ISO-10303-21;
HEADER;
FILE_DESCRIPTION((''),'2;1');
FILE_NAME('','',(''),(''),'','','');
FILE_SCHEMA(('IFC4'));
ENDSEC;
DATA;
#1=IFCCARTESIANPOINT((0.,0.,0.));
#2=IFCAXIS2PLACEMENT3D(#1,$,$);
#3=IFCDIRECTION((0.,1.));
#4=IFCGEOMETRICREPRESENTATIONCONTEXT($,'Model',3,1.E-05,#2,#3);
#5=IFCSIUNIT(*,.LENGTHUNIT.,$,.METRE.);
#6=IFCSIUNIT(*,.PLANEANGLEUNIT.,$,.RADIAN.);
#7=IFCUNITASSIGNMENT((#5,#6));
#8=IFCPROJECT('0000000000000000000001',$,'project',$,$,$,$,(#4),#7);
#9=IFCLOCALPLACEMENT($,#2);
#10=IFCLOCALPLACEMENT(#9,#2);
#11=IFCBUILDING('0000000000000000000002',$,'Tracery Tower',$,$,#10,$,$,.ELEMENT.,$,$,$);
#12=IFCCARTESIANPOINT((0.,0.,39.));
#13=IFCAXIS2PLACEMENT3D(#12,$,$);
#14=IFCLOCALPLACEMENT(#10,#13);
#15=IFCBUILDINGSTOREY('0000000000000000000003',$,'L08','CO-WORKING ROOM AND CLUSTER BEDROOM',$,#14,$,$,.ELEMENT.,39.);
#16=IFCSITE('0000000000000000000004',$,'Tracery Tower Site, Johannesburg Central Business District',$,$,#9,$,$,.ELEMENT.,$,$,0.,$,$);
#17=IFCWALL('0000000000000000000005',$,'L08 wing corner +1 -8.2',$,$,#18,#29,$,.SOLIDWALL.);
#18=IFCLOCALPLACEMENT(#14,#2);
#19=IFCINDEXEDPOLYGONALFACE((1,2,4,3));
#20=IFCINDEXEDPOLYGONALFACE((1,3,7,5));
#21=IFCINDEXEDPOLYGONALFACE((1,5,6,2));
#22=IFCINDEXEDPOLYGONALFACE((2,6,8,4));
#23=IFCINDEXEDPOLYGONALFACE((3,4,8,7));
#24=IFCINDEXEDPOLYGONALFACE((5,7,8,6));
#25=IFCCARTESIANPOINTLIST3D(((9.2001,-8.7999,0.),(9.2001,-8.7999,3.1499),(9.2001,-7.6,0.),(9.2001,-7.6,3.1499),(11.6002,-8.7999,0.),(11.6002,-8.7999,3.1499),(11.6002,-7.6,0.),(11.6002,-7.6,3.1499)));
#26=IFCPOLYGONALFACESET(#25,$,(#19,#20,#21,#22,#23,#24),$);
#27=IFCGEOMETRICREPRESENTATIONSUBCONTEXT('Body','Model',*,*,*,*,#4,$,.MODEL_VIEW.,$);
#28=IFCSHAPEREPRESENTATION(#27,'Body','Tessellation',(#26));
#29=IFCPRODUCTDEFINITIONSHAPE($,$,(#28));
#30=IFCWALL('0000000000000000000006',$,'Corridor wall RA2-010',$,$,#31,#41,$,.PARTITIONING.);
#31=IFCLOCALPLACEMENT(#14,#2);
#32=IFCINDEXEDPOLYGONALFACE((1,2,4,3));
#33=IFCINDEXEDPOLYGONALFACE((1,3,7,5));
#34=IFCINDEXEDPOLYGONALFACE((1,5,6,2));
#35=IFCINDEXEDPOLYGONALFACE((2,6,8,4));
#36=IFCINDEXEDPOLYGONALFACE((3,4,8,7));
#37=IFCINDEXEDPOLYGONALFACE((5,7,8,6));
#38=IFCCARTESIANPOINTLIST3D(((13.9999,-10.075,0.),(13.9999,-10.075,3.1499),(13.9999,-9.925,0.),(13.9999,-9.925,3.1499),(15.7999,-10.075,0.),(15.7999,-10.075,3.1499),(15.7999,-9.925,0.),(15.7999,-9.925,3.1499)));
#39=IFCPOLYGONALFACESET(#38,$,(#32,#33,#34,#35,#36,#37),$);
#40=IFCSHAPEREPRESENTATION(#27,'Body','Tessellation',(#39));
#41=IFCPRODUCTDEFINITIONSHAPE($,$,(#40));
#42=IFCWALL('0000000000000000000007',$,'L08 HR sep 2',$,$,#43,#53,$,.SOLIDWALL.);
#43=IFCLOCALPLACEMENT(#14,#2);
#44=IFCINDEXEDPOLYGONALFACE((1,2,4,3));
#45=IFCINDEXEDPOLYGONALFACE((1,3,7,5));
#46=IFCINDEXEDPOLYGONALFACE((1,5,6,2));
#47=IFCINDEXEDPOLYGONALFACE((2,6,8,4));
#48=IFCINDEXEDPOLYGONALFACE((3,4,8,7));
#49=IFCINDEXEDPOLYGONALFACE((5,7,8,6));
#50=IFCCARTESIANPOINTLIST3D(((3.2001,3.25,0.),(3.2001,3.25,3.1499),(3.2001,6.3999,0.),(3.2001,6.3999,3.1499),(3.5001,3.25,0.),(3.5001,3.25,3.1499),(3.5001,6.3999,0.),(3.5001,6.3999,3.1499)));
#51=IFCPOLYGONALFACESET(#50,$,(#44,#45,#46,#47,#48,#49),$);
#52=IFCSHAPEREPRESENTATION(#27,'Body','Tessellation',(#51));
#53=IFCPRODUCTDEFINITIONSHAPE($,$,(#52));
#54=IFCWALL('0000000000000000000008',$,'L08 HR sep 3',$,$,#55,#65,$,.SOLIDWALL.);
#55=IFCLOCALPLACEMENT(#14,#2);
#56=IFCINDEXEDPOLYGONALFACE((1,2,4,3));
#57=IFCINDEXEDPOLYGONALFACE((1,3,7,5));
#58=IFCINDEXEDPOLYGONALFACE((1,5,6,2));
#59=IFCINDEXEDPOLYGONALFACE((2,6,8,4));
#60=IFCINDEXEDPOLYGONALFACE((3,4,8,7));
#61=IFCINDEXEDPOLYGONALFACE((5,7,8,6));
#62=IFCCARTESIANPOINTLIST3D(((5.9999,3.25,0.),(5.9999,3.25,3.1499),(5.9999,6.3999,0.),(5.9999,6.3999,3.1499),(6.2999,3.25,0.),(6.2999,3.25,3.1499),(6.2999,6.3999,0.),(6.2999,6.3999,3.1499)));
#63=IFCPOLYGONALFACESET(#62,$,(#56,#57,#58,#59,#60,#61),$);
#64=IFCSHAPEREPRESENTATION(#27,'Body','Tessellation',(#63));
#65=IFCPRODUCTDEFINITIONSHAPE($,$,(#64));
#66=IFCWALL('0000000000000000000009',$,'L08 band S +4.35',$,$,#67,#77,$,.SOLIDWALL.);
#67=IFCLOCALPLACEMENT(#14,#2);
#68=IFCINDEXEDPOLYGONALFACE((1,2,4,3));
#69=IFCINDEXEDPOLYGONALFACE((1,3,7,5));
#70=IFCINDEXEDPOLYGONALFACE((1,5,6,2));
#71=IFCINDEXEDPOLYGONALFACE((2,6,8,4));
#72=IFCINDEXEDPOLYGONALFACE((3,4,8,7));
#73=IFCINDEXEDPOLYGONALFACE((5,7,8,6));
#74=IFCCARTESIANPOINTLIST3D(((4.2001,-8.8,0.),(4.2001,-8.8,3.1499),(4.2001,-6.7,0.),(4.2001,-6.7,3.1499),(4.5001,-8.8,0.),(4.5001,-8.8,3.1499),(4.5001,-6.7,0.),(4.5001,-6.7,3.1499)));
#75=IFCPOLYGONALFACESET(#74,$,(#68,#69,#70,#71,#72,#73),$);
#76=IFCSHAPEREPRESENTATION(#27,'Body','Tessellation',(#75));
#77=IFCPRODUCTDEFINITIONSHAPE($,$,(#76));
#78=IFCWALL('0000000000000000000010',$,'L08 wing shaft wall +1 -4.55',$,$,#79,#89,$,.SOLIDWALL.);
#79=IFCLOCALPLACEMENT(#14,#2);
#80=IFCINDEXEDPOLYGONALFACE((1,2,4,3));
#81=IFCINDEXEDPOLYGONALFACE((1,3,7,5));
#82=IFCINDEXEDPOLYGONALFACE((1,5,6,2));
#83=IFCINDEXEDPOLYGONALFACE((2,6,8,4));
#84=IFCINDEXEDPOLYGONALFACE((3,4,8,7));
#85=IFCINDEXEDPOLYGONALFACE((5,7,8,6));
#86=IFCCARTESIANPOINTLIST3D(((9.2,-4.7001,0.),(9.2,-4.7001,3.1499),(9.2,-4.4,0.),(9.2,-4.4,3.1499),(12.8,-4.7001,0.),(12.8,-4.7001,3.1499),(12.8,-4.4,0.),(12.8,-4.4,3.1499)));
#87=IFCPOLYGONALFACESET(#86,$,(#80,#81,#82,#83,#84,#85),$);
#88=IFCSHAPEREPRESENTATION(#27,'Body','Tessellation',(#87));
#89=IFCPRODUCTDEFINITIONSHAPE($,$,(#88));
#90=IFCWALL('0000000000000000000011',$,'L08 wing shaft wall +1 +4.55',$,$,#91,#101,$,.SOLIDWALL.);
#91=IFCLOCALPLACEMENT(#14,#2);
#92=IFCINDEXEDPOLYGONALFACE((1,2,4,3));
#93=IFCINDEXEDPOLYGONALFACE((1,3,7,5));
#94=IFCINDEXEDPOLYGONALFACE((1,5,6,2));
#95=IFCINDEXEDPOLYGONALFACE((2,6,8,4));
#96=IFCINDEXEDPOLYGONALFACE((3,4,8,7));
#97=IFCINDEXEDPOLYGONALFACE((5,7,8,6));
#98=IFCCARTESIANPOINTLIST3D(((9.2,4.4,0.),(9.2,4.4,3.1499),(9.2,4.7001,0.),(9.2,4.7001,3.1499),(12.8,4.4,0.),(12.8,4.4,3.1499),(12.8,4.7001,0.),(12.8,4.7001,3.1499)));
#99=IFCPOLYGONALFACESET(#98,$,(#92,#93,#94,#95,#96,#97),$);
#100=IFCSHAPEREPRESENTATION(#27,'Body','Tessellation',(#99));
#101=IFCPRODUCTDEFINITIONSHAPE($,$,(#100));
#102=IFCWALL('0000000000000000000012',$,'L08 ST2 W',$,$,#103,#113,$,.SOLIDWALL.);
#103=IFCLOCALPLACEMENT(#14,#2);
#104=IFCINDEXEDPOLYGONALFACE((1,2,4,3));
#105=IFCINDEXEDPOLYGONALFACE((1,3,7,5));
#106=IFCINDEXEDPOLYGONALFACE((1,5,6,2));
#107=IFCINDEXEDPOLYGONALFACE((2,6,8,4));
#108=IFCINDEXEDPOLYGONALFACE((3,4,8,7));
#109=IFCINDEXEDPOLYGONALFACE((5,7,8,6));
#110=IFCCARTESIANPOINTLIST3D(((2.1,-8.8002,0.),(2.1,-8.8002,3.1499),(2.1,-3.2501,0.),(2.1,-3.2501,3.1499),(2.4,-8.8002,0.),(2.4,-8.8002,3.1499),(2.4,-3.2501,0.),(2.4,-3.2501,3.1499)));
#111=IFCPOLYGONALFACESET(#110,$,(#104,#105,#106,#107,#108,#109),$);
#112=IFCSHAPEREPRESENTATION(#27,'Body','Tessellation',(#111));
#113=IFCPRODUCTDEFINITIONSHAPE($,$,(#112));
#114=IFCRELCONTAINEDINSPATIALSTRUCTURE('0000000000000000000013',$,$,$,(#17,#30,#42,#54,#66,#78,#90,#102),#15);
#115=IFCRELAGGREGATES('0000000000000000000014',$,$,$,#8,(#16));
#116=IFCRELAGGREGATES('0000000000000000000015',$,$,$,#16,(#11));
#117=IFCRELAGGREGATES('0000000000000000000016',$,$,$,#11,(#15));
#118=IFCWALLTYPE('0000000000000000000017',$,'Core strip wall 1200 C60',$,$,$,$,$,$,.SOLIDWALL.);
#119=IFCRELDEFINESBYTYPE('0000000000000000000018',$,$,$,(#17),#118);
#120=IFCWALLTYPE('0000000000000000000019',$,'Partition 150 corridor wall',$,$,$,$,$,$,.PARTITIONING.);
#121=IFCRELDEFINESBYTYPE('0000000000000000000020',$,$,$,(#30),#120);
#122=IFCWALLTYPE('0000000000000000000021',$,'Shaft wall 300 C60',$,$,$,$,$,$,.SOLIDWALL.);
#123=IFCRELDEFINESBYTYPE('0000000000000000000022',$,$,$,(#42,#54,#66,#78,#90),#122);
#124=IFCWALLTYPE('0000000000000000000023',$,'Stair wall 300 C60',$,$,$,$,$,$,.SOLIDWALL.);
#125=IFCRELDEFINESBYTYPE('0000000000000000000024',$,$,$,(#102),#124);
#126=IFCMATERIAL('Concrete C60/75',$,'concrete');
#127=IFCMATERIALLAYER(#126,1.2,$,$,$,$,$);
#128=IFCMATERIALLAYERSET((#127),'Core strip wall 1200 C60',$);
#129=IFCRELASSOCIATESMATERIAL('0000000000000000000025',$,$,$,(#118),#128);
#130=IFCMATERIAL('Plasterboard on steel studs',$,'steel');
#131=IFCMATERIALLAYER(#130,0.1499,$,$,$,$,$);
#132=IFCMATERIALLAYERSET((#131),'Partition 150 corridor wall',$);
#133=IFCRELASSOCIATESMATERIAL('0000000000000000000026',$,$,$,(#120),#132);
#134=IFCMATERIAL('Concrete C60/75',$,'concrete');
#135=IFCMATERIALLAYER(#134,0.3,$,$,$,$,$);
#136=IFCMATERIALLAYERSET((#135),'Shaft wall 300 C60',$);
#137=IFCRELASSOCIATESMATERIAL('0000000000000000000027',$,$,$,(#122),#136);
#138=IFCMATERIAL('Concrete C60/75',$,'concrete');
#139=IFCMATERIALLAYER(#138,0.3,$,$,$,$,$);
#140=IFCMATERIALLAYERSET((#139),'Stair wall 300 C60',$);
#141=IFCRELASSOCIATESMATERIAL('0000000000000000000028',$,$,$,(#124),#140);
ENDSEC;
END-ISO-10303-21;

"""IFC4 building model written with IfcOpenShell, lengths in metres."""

from ifc_helpers import new_model, si_unit, direction, frame, frame_2d, origin, place, context, subcontext, project, spatial, rectangle, extrude, material, layer, layer_set, type_object, element, save


model = new_model("IFC4")

# Units and contexts
model_context = context("Model", 3, precision=1e-05, world=origin(), true_north=direction((0.0, 1.0)))
body_context = subcontext(model_context, "Body", "Model", "MODEL_VIEW")
ifc_project = project(units=[si_unit("LENGTHUNIT", "METRE"), si_unit("PLANEANGLEUNIT", "RADIAN")], contexts=[model_context])

# Site, building, storey
site_placement = place(None, origin())
site = spatial("IfcSite", under=ifc_project, at=site_placement, Name="Tracery Tower Site, Johannesburg Central Business District", CompositionType="ELEMENT", RefElevation=0.0)
building_placement = place(site_placement, origin())
building = spatial("IfcBuilding", under=site, at=building_placement, Name="Tracery Tower", CompositionType="ELEMENT")
storey_placement = place(building_placement, frame((0.0, 0.0, 39.0)))
storey = spatial("IfcBuildingStorey", under=building, at=storey_placement, Name="L08", Description="CO-WORKING ROOM AND CLUSTER BEDROOM", CompositionType="ELEMENT", Elevation=39.0)

# Wall
ifc_material_1 = material(Name="Concrete C60/75", Category="concrete")
ifc_layer_1 = layer(ifc_material_1, 1.2)
ifc_layer_set_1 = layer_set([ifc_layer_1], Name="Core strip wall 1200 C60")
wall_type_1 = type_object("IfcWallType", Name="Core strip wall 1200 C60", PredefinedType="SOLIDWALL", material=ifc_layer_set_1)
wall_1_placement = place(storey_placement, frame((9.2, -8.2, 0.0), z_axis=(0.0, 0.0, 1.0), x_axis=(1.0, 0.0, 0.0)))
element("IfcWall", 1, at=wall_1_placement, inside=storey, type_object=wall_type_1, Name="L08 wing corner +1 -8.2", PredefinedType="SOLIDWALL", context=body_context, shape_type="SweptSolid", body=[
    extrude(rectangle(XDim=2.4001, YDim=1.2, at=frame_2d((1.2002, 0.0))), origin(), (0.0, 0.0, 1.0), 3.1499),
])

# Walls
ifc_material_2 = material(Name="Plasterboard on steel studs", Category="steel")
ifc_layer_2 = layer(ifc_material_2, 0.1499)
ifc_layer_set_2 = layer_set([ifc_layer_2], Name="Partition 150 corridor wall")
wall_type_2 = type_object("IfcWallType", Name="Partition 150 corridor wall", PredefinedType="PARTITIONING", material=ifc_layer_set_2)
wall_2_placement = place(storey_placement, frame((14.0, -10.0, 0.0), z_axis=(0.0, 0.0, 1.0), x_axis=(1.0, 0.0, 0.0)))
element("IfcWall", 2, at=wall_2_placement, inside=storey, type_object=wall_type_2, Name="Corridor wall RA2-010", PredefinedType="PARTITIONING", context=body_context, shape_type="SweptSolid", body=[
    extrude(rectangle(XDim=1.8, YDim=0.1499, at=frame_2d((0.8999, 0.0))), origin(), (0.0, 0.0, 1.0), 3.1499),
])
ifc_material_3 = material(Name="Concrete C60/75", Category="concrete")
ifc_layer_3 = layer(ifc_material_3, 0.3)
ifc_layer_set_3 = layer_set([ifc_layer_3], Name="Shaft wall 300 C60")
wall_type_3 = type_object("IfcWallType", Name="Shaft wall 300 C60", PredefinedType="SOLIDWALL", material=ifc_layer_set_3)
for number, where, z_axis, x_axis, name in (
    (3, (3.3501, 3.25, 0.0), (0.0, 0.0, 1.0), (0.0, 1.0, 0.0), "L08 HR sep 2"),
    (4, (6.1499, 3.25, 0.0), (0.0, 0.0, 1.0), (0.0, 1.0, 0.0), "L08 HR sep 3"),
):
    element("IfcWall", number, at=place(storey_placement, frame(where, z_axis=z_axis, x_axis=x_axis)), inside=storey, type_object=wall_type_3, Name=name, PredefinedType="SOLIDWALL", context=body_context, shape_type="SweptSolid", body=[
        extrude(rectangle(XDim=3.1499, YDim=0.3, at=frame_2d((1.575, 0.0))), origin(), (0.0, 0.0, 1.0), 3.1499),
    ])
wall_3_placement = place(storey_placement, frame((4.3501, -8.8, 0.0), z_axis=(0.0, 0.0, 1.0), x_axis=(0.0, 1.0, 0.0)))
element("IfcWall", 5, at=wall_3_placement, inside=storey, type_object=wall_type_3, Name="L08 band S +4.35", PredefinedType="SOLIDWALL", context=body_context, shape_type="SweptSolid", body=[
    extrude(rectangle(XDim=2.1001, YDim=0.3, at=frame_2d((1.05, 0.0))), origin(), (0.0, 0.0, 1.0), 3.1499),
])
for number, where, z_axis, x_axis, name in (
    (6, (9.2, -4.55, 0.0), (0.0, 0.0, 1.0), (1.0, 0.0, 0.0), "L08 wing shaft wall +1 -4.55"),
    (7, (9.2, 4.55, 0.0), (0.0, 0.0, 1.0), (1.0, 0.0, 0.0), "L08 wing shaft wall +1 +4.55"),
):
    element("IfcWall", number, at=place(storey_placement, frame(where, z_axis=z_axis, x_axis=x_axis)), inside=storey, type_object=wall_type_3, Name=name, PredefinedType="SOLIDWALL", context=body_context, shape_type="SweptSolid", body=[
        extrude(rectangle(XDim=3.6001, YDim=0.3, at=frame_2d((1.8, 0.0))), origin(), (0.0, 0.0, 1.0), 3.1499),
    ])

# Shared definitions
ifc_material_4 = material(Name="Concrete C60/75", Category="concrete")
ifc_layer_4 = layer(ifc_material_4, 0.3)
ifc_layer_set_4 = layer_set([ifc_layer_4], Name="Stair wall 300 C60")
wall_type_4 = type_object("IfcWallType", Name="Stair wall 300 C60", PredefinedType="SOLIDWALL", material=ifc_layer_set_4)

# Wall
wall_4_placement = place(storey_placement, frame((2.25, -8.8, 0.0), z_axis=(0.0, 0.0, 1.0), x_axis=(0.0, 1.0, 0.0)))
element("IfcWall", 8, at=wall_4_placement, inside=storey, type_object=wall_type_4, Name="L08 ST2 W", PredefinedType="SOLIDWALL", context=body_context, shape_type="SweptSolid", body=[
    extrude(rectangle(XDim=5.55, YDim=0.3, at=frame_2d((2.7749, 0.0))), origin(), (0.0, 0.0, 1.0), 3.1499),
])

save(model, "model.ifc")
